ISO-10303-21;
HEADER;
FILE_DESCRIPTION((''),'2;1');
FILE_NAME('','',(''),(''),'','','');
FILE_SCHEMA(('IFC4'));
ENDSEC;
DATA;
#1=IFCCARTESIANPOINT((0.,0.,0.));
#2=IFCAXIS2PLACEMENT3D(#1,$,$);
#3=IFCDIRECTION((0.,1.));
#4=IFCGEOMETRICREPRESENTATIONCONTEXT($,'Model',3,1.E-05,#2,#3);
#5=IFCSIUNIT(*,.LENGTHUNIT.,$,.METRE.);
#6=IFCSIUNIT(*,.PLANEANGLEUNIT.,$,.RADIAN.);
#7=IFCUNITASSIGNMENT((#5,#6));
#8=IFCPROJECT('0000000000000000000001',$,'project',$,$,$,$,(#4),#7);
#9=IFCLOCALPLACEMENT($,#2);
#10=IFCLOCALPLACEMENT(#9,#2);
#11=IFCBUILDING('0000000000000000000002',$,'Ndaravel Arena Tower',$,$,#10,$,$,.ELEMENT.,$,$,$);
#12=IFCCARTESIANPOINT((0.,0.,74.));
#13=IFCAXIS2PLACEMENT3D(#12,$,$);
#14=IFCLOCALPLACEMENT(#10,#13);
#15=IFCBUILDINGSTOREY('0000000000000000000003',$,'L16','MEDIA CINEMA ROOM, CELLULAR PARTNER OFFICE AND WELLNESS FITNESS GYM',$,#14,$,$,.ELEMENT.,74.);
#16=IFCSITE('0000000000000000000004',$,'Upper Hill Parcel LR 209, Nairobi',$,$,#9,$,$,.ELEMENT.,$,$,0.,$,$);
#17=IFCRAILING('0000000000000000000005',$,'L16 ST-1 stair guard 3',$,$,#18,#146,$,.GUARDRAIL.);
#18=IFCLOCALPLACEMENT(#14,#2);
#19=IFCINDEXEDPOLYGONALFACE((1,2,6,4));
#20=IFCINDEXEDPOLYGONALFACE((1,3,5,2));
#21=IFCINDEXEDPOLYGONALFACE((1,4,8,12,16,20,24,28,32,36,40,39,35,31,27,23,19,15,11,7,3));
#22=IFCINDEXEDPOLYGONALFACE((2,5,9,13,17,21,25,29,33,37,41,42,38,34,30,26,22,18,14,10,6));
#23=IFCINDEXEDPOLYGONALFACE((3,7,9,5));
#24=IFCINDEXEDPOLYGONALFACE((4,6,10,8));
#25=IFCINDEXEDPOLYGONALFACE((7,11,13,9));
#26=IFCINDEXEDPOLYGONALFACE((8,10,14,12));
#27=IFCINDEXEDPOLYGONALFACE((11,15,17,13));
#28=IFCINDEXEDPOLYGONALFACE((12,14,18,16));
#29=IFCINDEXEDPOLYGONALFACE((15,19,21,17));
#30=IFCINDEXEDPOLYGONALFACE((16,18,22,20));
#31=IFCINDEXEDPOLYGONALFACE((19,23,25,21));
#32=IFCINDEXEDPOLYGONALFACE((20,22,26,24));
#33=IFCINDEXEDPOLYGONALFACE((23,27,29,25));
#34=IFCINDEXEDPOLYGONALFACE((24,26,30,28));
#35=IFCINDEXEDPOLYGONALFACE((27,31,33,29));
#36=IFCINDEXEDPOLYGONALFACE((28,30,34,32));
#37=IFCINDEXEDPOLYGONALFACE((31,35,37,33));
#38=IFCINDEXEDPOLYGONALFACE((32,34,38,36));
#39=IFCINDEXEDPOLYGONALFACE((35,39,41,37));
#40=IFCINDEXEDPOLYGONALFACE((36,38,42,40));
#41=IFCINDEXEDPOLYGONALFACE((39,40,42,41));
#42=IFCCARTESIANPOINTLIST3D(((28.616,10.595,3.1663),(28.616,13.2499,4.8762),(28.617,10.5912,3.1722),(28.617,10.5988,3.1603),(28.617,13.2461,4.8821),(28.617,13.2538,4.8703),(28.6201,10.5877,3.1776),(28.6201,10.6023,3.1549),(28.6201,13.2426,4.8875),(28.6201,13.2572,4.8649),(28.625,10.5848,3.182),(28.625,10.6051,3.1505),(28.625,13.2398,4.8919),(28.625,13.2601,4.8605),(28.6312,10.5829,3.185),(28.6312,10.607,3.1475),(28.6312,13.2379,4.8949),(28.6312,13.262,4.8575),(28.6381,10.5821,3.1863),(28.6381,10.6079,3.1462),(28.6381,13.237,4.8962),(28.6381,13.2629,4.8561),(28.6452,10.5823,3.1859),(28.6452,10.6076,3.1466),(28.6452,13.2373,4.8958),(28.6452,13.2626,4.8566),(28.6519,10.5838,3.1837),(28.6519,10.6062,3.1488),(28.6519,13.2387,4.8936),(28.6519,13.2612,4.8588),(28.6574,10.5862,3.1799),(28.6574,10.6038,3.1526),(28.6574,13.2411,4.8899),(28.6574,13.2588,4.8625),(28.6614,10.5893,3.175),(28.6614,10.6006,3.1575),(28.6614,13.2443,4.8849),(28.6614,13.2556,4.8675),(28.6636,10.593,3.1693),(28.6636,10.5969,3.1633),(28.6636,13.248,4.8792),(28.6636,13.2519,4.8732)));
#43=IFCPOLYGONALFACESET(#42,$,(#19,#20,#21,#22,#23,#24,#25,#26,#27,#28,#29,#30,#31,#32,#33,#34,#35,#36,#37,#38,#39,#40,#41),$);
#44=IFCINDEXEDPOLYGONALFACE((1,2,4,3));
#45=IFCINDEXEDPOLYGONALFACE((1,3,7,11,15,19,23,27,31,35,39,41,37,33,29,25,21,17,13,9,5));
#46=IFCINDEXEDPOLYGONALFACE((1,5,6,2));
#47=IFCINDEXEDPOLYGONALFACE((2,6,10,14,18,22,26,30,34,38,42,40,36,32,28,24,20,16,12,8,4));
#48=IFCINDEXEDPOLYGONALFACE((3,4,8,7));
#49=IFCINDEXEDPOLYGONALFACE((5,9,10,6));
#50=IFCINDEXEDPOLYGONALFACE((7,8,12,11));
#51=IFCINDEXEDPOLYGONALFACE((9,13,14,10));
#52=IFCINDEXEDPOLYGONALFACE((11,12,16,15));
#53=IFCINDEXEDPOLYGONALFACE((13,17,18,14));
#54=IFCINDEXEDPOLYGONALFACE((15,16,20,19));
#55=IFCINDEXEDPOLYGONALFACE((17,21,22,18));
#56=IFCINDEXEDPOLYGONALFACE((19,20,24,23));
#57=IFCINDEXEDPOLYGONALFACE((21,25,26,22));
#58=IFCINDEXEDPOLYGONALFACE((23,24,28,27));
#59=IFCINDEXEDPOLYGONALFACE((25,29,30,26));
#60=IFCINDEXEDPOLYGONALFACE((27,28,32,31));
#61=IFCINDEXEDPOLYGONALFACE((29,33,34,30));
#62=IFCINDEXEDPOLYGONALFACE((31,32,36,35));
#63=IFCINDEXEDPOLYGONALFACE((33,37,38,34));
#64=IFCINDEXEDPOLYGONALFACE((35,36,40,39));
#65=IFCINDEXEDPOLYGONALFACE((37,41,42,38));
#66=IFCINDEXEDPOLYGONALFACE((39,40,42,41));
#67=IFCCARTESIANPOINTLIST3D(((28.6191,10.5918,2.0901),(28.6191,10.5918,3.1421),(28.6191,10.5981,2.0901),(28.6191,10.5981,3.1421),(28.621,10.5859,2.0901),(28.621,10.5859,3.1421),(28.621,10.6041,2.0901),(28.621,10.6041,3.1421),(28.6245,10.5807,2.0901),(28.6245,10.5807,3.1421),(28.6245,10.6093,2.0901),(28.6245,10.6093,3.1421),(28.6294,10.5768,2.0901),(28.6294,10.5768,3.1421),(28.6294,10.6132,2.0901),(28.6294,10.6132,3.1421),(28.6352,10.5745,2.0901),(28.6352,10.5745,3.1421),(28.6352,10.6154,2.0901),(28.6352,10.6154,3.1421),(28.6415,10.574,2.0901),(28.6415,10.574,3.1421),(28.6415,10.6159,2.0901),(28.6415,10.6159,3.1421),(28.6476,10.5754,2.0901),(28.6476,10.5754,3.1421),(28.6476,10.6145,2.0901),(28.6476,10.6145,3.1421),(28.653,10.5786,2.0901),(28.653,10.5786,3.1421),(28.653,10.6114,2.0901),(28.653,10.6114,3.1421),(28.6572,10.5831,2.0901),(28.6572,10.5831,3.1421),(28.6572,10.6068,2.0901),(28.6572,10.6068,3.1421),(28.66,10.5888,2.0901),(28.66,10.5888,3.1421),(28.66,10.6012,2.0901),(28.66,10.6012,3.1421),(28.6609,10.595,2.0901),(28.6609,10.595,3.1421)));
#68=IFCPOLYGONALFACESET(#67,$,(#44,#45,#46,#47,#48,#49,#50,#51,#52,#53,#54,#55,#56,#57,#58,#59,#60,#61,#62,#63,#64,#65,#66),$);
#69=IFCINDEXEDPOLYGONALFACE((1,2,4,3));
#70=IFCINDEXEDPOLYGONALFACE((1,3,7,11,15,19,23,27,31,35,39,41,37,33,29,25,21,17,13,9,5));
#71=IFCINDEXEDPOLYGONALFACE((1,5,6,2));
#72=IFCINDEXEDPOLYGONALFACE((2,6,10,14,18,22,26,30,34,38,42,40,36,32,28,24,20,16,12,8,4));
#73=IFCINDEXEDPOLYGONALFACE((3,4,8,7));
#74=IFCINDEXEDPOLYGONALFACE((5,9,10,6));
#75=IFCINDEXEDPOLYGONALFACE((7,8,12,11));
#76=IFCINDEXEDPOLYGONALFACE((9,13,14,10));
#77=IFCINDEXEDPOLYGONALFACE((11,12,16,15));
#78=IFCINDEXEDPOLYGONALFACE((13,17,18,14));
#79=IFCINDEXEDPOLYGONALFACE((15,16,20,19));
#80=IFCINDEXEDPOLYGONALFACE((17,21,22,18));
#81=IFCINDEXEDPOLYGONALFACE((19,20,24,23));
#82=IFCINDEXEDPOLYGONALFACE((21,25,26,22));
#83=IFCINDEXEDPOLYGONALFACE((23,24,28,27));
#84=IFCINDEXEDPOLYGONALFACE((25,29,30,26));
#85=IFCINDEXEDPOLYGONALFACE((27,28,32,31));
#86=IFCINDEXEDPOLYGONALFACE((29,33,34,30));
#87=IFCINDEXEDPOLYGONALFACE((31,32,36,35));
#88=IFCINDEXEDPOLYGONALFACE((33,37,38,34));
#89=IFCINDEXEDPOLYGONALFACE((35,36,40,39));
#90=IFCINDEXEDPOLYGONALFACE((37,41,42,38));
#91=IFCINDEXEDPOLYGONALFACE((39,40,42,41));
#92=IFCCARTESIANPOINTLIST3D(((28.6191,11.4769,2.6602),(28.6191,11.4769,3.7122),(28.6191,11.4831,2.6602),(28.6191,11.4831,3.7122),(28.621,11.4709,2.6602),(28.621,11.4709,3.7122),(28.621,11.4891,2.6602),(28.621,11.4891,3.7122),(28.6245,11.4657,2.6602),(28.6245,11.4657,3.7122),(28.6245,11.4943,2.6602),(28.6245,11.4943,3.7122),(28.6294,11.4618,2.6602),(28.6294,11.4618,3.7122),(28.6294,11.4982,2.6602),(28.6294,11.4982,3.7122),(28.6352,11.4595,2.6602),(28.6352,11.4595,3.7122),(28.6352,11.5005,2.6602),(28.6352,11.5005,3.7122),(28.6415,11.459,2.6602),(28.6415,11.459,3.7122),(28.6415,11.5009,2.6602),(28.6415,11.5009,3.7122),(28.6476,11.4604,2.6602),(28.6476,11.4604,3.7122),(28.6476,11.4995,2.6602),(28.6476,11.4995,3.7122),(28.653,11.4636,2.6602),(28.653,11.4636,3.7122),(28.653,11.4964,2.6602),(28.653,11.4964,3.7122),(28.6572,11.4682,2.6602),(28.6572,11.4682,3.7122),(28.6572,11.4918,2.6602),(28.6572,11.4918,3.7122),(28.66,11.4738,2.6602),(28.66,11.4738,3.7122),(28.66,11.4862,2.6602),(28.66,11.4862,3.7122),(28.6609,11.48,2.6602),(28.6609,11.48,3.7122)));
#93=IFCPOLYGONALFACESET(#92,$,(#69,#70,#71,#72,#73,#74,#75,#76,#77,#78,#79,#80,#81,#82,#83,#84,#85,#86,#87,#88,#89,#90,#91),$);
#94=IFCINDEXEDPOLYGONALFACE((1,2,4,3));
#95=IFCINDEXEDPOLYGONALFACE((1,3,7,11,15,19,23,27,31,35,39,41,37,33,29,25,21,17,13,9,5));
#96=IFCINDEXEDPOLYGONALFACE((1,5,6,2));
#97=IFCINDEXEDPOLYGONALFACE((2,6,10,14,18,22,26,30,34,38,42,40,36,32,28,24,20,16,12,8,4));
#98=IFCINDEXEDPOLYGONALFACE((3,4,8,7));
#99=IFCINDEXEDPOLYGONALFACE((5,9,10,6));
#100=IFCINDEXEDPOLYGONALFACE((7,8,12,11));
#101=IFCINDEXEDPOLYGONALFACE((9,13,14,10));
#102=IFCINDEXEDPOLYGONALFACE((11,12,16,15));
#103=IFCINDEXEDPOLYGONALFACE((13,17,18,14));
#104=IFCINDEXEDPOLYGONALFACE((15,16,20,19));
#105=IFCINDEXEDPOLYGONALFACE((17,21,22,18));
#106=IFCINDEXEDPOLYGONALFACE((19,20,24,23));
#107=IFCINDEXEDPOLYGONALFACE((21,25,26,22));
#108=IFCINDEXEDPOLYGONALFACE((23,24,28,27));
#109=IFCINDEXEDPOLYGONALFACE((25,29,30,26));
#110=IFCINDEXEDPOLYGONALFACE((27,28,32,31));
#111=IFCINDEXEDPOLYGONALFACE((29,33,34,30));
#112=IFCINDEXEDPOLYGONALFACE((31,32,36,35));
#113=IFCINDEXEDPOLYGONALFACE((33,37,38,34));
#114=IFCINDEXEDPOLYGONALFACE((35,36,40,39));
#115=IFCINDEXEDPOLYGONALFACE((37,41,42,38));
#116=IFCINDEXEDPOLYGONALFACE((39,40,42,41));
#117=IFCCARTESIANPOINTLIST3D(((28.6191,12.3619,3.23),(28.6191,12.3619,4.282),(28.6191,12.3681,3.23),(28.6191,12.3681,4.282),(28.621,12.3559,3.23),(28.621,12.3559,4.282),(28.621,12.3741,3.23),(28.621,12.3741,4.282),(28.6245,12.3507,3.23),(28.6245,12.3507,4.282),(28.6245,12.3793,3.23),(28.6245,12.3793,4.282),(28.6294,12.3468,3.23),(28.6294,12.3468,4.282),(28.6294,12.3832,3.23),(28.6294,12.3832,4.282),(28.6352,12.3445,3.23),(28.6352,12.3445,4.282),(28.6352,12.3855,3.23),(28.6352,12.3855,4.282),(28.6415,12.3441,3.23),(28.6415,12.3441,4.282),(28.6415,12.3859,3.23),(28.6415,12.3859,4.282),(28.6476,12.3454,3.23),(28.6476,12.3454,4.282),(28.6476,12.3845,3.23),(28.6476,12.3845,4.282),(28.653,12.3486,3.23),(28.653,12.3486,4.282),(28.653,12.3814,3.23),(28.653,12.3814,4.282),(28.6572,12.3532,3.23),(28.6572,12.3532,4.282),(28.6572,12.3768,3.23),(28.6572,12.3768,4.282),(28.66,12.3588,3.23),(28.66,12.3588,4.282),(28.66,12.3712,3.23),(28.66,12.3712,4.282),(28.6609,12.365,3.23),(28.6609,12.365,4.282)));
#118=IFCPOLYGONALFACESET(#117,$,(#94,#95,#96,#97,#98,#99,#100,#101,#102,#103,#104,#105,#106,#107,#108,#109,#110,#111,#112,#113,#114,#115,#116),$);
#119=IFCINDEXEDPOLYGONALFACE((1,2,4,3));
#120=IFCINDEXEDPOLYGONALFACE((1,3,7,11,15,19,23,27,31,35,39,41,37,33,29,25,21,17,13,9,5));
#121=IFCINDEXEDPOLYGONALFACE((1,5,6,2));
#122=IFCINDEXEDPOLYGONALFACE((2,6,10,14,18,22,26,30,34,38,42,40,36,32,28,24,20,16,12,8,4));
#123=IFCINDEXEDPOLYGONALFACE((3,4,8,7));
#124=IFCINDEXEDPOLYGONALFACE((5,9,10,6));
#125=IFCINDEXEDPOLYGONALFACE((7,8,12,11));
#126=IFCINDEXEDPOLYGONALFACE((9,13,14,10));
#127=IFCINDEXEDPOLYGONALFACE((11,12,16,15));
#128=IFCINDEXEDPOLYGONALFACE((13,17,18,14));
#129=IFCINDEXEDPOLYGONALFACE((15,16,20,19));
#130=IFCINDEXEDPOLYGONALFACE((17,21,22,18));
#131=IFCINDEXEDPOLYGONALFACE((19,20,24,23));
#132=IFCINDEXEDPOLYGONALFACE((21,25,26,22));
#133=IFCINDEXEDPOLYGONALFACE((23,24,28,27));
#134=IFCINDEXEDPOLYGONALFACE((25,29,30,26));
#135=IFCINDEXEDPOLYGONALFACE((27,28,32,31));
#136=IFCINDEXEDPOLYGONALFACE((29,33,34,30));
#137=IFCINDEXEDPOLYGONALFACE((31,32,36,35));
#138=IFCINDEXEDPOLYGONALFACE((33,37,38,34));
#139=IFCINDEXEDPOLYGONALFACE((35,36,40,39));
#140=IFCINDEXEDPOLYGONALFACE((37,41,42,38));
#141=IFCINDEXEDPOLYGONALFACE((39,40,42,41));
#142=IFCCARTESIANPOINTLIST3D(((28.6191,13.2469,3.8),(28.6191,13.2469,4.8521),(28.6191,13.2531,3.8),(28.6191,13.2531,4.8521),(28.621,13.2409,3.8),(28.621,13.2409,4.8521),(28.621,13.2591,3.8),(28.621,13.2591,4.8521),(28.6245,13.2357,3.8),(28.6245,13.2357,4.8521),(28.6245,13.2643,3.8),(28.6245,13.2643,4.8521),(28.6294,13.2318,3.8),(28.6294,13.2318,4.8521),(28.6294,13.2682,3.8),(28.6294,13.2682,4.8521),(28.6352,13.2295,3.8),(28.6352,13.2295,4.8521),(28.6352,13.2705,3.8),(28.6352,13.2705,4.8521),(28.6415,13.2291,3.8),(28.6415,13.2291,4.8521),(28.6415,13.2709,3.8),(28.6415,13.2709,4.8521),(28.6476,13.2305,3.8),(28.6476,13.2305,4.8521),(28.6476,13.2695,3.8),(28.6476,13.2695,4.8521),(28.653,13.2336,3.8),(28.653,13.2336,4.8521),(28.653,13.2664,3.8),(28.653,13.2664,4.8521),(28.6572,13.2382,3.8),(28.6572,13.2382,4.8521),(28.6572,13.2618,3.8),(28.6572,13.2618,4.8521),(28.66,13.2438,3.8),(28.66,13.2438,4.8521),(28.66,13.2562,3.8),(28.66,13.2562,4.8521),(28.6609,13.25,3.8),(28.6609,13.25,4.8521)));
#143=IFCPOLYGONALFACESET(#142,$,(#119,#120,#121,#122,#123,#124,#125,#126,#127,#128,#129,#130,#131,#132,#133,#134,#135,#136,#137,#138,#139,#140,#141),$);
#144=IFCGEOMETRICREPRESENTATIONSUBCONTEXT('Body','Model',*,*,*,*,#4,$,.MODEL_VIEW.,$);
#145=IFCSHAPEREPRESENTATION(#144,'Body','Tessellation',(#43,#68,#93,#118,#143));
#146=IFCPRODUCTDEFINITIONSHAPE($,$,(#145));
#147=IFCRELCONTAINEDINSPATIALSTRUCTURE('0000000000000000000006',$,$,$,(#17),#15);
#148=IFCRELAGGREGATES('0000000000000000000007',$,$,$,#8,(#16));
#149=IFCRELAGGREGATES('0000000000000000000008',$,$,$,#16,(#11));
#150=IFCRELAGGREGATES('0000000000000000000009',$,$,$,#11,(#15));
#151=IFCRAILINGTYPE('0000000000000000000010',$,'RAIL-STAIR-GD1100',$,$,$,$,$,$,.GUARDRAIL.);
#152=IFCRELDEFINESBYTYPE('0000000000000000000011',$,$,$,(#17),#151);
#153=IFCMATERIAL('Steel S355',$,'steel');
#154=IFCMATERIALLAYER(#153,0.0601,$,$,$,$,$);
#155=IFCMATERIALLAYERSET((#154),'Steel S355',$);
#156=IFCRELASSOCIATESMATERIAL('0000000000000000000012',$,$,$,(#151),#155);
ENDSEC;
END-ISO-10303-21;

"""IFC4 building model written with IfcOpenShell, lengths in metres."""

from ifc_helpers import new_model, si_unit, direction, frame, origin, origin_2d, place, context, subcontext, project, spatial, circle, extrude, material, layer, layer_set, type_object, element, save


model = new_model("IFC4")

# Units and contexts
model_context = context("Model", 3, precision=1e-05, world=origin(), true_north=direction((0.0, 1.0)))
body_context = subcontext(model_context, "Body", "Model", "MODEL_VIEW")
ifc_project = project(units=[si_unit("LENGTHUNIT", "METRE"), si_unit("PLANEANGLEUNIT", "RADIAN")], contexts=[model_context])

# Site, building, storey
site_placement = place(None, origin())
site = spatial("IfcSite", under=ifc_project, at=site_placement, Name="Upper Hill Parcel LR 209, Nairobi", CompositionType="ELEMENT", RefElevation=0.0)
building_placement = place(site_placement, origin())
building = spatial("IfcBuilding", under=site, at=building_placement, Name="Ndaravel Arena Tower", CompositionType="ELEMENT")
storey_placement = place(building_placement, frame((0.0, 0.0, 74.0)))
storey = spatial("IfcBuildingStorey", under=building, at=storey_placement, Name="L16", Description="MEDIA CINEMA ROOM, CELLULAR PARTNER OFFICE AND WELLNESS FITNESS GYM", CompositionType="ELEMENT", Elevation=74.0)

# Railing
ifc_material_1 = material(Name="Steel S355", Category="steel")
ifc_layer_1 = layer(ifc_material_1, 0.0601)
ifc_layer_set_1 = layer_set([ifc_layer_1], Name="Steel S355")
railing_type_1 = type_object("IfcRailingType", Name="RAIL-STAIR-GD1100", PredefinedType="GUARDRAIL", material=ifc_layer_set_1)
railing_1_placement = place(storey_placement, frame((28.6399, 10.595, 2.0901)))
element("IfcRailing", 1, at=railing_1_placement, inside=storey, type_object=railing_type_1, Name="L16 ST-1 stair guard 3", PredefinedType="GUARDRAIL", context=body_context, shape_type="SweptSolid", body=[
    extrude(circle(Radius=0.0239, at=origin_2d()), frame((0.0, 0.0, 1.0762), z_axis=(0.0, 0.840724, 0.541465), x_axis=(-1.0, 0.0, 0.0)), (0.0, 0.0, 1.0), 3.158),
    extrude(circle(Radius=0.021, at=origin_2d()), origin(), (0.0, 0.0, 1.0), 1.052),
    extrude(circle(Radius=0.021, at=origin_2d()), frame((0.0, 0.885, 0.5701)), (0.0, 0.0, 1.0), 1.052),
    extrude(circle(Radius=0.021, at=origin_2d()), frame((0.0, 1.77, 1.1399)), (0.0, 0.0, 1.0), 1.052),
    extrude(circle(Radius=0.021, at=origin_2d()), frame((0.0, 2.655, 1.71)), (0.0, 0.0, 1.0), 1.052),
])

save(model, "model.ifc")
